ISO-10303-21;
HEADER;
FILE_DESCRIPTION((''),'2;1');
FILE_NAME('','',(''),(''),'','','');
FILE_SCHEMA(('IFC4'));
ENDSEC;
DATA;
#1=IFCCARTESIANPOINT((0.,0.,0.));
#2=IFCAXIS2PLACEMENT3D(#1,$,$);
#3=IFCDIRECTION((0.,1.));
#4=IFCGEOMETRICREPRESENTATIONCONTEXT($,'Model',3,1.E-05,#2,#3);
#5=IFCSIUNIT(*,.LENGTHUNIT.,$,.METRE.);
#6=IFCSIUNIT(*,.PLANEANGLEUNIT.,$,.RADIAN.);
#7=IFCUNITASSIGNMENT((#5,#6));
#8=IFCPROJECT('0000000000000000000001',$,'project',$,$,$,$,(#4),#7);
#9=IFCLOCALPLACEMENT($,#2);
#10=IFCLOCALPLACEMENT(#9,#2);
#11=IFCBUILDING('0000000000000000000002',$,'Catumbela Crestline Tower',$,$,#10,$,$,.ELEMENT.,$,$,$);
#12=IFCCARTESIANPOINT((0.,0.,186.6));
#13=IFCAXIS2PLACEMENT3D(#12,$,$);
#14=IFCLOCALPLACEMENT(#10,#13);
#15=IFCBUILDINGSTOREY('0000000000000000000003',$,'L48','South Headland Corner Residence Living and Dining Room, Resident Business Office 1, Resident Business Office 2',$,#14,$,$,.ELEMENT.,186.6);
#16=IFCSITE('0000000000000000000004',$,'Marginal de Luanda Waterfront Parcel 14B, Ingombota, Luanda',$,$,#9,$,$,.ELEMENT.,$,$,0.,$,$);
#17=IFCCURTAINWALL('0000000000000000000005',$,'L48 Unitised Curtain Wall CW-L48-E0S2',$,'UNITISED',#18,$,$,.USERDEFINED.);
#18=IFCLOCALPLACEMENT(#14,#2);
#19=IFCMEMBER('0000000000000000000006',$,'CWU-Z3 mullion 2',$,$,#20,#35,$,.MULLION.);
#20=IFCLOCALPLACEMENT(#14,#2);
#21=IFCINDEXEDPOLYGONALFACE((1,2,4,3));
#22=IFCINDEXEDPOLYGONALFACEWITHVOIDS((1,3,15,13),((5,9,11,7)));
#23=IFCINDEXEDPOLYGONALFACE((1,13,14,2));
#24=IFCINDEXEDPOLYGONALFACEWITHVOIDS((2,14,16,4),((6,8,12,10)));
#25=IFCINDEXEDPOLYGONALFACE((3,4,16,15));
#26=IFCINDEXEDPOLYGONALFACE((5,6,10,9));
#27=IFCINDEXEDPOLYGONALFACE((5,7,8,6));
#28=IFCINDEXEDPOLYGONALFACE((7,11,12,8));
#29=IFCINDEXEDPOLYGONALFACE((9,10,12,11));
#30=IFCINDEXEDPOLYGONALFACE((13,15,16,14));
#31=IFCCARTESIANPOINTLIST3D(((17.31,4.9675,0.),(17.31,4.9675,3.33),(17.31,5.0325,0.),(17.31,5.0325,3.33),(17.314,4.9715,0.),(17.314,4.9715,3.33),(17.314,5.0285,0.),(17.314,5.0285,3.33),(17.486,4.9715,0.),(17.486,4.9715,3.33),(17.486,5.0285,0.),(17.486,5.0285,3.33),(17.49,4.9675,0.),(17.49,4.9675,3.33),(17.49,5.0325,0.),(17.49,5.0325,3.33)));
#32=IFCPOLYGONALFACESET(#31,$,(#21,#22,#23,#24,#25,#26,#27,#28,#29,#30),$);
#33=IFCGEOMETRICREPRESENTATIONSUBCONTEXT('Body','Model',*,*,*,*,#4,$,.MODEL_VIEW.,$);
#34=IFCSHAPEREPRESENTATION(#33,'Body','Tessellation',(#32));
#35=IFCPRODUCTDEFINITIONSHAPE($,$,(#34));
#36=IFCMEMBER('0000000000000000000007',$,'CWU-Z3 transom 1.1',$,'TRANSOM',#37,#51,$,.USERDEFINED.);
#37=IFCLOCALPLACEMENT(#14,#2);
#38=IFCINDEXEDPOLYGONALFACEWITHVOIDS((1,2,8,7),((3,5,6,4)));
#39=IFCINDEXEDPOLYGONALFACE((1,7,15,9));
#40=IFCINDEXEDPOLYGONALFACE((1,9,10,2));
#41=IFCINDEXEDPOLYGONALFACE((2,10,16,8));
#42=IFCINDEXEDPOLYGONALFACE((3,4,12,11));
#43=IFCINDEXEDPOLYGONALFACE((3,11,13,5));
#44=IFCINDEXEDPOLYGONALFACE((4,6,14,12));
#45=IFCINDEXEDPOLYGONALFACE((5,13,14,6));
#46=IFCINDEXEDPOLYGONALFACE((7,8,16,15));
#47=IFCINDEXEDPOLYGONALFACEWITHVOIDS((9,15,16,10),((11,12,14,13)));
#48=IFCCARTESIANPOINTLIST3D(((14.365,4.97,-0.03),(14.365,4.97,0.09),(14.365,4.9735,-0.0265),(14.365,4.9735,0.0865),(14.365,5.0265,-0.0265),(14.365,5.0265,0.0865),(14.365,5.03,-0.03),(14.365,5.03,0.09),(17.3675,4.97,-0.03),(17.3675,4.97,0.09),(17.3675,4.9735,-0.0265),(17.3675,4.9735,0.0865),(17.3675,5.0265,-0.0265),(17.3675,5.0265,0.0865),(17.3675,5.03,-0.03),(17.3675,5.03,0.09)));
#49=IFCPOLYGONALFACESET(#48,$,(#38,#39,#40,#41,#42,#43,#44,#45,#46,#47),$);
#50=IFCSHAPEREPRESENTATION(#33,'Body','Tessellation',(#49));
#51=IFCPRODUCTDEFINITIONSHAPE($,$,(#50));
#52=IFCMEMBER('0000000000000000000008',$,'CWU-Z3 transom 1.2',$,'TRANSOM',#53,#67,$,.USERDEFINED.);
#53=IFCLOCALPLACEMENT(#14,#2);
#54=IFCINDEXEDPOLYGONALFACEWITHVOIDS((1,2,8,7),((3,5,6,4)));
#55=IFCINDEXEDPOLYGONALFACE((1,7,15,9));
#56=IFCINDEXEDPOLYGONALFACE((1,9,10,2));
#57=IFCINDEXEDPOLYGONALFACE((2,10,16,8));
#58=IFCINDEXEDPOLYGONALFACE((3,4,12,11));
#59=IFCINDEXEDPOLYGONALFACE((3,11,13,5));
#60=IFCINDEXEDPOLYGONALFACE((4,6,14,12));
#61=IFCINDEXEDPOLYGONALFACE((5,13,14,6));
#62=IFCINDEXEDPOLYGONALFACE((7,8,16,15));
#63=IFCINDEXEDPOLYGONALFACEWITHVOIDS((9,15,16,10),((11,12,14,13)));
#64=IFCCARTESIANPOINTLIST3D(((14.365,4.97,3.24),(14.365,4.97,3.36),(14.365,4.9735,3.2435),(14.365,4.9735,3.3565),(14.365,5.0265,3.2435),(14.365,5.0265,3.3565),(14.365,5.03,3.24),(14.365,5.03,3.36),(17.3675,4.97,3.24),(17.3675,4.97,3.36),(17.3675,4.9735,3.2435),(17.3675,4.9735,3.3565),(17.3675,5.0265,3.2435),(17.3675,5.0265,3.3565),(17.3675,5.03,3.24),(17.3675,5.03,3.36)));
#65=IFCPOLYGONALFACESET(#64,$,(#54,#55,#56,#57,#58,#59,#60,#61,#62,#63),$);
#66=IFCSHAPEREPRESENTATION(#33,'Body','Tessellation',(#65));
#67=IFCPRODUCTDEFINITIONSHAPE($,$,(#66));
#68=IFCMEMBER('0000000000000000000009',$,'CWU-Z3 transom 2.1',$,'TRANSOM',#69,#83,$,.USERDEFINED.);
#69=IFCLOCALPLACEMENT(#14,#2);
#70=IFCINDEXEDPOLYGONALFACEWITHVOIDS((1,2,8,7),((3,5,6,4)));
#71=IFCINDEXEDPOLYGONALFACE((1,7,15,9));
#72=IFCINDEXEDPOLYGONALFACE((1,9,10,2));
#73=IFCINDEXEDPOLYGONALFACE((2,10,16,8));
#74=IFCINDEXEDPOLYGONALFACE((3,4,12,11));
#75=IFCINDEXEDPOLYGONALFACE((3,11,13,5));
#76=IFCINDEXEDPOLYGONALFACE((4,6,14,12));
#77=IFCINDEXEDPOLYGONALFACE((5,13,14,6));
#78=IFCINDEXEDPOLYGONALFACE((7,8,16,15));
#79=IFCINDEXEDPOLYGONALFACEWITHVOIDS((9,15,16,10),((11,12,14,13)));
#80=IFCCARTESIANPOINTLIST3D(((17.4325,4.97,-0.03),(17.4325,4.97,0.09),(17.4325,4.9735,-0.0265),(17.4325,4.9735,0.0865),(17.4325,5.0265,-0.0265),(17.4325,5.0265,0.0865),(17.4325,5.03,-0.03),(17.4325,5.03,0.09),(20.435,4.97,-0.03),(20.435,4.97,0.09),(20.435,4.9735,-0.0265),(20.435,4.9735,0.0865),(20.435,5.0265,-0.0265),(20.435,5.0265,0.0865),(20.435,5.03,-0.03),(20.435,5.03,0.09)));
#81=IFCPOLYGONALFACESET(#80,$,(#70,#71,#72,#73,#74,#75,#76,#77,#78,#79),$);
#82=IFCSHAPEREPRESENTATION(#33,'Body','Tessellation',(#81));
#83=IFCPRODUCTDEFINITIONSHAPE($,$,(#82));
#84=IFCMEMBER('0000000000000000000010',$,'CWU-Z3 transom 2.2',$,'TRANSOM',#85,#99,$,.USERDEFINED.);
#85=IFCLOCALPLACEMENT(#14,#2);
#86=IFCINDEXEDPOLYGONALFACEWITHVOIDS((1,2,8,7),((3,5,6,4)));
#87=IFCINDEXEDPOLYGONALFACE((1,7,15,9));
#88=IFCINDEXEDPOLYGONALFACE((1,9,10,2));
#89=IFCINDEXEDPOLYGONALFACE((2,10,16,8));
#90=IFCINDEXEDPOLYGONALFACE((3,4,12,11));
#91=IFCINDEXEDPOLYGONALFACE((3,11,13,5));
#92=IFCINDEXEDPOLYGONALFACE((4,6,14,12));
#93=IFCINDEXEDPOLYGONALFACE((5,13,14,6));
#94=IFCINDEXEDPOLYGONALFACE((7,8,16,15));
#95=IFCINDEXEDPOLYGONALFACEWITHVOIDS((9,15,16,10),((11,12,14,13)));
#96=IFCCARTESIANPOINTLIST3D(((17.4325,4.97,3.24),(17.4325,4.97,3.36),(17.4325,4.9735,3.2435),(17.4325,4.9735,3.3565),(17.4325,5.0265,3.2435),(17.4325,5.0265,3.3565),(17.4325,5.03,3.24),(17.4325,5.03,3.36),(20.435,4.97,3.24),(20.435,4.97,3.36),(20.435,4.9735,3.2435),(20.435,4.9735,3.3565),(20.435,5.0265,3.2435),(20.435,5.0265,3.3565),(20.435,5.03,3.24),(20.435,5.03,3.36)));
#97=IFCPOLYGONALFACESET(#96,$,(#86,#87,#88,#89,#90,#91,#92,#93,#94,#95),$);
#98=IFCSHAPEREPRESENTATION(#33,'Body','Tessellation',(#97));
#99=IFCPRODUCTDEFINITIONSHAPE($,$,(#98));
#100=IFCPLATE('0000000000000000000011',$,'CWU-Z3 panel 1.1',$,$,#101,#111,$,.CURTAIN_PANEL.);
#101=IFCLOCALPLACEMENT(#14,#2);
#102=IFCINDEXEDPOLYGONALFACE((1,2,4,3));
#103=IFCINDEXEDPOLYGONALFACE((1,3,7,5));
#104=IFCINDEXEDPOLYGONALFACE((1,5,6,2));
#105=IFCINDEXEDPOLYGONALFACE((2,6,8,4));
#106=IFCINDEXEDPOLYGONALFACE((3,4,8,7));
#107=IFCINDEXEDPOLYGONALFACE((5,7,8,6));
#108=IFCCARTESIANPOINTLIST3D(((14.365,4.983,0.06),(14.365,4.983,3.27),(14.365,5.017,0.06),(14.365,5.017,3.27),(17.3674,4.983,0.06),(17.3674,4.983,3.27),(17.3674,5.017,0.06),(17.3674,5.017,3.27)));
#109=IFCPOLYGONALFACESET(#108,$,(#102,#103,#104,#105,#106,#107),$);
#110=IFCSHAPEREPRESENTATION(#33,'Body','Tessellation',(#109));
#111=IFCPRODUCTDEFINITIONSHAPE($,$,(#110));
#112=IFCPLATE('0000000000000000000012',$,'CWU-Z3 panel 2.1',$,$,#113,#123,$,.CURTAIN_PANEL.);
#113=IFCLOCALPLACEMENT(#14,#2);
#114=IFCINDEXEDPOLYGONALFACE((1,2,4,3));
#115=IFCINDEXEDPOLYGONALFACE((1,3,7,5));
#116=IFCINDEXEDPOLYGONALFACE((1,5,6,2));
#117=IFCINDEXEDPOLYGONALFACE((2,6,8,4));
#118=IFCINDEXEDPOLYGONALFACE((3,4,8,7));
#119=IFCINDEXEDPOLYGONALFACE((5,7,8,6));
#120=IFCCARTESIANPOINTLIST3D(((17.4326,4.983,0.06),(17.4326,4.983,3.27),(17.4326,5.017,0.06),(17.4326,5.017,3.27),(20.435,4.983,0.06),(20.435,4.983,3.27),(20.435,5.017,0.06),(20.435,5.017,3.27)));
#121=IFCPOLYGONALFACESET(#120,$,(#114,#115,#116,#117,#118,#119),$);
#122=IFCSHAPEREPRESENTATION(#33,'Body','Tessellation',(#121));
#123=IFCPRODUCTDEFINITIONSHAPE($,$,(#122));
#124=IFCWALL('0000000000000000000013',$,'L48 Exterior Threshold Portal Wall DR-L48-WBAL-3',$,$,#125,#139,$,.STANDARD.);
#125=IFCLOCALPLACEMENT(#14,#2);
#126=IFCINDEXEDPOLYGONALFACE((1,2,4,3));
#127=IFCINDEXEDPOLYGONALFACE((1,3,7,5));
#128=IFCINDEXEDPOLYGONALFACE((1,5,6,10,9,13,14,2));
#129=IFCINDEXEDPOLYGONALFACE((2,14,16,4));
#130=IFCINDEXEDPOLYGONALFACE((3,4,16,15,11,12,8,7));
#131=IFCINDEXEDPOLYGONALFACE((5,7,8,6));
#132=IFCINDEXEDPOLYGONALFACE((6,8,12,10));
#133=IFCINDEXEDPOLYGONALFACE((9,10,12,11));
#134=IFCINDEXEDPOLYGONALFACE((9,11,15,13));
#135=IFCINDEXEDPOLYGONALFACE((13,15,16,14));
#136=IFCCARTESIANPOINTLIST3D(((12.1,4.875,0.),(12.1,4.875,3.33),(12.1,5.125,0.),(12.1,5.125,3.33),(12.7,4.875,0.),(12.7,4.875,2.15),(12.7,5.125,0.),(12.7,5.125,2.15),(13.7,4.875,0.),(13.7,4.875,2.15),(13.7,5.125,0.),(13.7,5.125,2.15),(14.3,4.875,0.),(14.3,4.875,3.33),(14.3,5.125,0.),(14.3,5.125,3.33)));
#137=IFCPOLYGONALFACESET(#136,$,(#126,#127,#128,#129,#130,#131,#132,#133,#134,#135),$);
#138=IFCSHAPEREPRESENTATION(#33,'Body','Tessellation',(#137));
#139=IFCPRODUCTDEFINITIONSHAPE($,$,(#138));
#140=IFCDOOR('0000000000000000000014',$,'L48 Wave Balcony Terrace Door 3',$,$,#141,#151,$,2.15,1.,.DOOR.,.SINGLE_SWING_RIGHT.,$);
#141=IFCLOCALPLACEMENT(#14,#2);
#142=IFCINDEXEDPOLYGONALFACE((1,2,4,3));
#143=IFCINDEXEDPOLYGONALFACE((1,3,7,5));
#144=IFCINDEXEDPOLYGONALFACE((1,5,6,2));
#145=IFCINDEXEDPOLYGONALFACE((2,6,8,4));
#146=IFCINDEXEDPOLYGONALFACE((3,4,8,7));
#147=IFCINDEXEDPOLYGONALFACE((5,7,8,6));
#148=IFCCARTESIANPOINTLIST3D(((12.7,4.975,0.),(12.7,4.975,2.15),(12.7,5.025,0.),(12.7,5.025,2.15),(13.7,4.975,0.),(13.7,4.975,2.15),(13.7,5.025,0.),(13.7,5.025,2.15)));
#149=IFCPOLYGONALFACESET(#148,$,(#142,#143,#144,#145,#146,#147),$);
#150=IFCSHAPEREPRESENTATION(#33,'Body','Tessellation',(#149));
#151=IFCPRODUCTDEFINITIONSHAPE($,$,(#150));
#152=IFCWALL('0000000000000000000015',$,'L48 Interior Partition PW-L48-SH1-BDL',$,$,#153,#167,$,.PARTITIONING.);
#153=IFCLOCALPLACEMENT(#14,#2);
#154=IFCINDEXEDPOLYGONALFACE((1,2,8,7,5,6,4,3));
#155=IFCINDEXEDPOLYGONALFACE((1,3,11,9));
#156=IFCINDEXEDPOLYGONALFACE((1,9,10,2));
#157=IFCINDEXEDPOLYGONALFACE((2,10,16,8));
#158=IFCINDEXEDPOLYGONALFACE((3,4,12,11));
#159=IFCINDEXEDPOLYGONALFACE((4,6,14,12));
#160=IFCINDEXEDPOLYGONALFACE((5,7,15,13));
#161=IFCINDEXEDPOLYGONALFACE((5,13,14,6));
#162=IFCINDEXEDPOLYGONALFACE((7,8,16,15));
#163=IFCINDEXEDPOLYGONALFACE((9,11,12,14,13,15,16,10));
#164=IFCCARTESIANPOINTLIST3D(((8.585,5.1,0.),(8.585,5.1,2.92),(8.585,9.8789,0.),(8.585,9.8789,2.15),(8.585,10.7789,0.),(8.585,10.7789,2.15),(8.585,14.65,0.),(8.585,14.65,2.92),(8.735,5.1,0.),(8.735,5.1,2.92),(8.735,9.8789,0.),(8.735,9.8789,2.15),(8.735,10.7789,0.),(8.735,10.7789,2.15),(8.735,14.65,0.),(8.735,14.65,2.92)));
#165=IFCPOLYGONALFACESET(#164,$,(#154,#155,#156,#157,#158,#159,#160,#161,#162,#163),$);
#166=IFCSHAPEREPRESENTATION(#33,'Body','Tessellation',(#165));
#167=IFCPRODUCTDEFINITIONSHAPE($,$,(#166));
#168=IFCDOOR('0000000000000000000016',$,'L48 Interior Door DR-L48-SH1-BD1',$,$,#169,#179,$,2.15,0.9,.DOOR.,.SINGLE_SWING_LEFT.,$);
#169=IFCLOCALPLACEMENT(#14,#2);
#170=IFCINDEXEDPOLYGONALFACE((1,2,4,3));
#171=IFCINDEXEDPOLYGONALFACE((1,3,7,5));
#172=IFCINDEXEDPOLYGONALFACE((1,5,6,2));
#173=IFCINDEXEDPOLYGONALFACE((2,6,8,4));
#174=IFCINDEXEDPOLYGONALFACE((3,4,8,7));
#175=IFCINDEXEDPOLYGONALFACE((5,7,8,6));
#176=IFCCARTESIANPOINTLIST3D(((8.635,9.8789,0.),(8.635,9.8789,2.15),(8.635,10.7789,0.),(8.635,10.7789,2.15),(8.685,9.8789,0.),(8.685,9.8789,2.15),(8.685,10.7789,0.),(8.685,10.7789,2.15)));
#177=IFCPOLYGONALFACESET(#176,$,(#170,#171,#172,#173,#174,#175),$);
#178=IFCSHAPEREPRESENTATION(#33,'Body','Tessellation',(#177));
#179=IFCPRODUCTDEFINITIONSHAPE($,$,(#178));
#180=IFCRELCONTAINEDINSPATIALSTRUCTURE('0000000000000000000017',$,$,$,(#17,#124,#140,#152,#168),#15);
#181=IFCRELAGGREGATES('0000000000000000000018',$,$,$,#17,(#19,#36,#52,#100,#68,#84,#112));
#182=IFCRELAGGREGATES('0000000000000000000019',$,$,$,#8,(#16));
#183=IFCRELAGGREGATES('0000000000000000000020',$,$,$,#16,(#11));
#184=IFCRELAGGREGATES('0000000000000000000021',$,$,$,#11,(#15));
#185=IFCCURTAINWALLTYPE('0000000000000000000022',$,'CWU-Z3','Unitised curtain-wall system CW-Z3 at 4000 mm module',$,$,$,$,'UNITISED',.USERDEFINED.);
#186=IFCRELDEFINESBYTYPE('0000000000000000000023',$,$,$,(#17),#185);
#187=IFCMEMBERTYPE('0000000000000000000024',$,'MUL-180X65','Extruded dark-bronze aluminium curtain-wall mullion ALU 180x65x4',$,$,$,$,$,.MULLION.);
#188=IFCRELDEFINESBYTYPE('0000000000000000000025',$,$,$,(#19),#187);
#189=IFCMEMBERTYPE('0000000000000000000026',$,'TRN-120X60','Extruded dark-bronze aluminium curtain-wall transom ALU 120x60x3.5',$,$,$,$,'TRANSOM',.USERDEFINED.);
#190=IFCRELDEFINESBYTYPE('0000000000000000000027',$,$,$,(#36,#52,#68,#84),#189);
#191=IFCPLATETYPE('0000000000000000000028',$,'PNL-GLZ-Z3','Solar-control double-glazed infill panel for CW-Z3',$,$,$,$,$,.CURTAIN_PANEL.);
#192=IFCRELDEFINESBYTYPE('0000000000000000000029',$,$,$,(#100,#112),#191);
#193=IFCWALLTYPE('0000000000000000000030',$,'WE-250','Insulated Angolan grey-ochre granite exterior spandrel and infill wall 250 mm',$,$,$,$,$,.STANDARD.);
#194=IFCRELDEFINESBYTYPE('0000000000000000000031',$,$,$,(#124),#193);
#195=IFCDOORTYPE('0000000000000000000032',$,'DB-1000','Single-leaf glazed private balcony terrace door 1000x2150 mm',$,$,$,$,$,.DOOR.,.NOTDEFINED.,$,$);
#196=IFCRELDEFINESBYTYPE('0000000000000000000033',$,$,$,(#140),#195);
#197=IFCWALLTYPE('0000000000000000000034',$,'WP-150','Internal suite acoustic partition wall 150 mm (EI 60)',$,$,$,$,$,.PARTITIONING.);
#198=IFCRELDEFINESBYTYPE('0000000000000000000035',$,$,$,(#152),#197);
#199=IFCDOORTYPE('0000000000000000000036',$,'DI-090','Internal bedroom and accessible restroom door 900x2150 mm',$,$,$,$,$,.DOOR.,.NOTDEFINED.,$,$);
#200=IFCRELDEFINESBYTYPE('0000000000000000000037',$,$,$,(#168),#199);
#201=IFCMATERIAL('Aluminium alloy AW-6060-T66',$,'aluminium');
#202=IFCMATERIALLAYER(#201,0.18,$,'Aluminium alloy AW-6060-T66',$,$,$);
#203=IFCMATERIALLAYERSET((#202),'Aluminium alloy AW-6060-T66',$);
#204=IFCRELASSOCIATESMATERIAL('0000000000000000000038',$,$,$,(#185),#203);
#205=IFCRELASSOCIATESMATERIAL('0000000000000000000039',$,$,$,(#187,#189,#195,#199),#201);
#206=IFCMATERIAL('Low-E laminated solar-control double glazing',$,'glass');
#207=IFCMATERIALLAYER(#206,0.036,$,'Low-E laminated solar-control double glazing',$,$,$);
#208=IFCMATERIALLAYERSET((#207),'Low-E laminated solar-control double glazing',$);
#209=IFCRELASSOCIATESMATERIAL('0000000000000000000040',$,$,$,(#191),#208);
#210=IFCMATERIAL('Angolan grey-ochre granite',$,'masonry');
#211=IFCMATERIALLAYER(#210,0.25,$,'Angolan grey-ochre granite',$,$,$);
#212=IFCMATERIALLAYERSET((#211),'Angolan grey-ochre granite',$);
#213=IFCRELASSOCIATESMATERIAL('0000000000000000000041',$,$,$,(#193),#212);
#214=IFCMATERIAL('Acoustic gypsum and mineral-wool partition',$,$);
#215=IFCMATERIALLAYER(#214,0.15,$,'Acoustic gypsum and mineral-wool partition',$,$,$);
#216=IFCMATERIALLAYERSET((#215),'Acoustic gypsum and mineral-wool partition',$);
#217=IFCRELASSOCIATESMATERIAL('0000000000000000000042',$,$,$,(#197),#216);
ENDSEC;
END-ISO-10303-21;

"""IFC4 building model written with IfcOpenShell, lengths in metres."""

from ifc_helpers import new_model, si_unit, direction, frame, frame_2d, origin, origin_2d, place, context, subcontext, project, spatial, rectangle, hollow_rectangle, extrude, material, layer, layer_set, material_profile, profile_set, type_object, element, fill, aggregate, save


model = new_model("IFC4")

# Units and contexts
model_context = context("Model", 3, precision=1e-05, world=origin(), true_north=direction((0.0, 1.0)))
body_context = subcontext(model_context, "Body", "Model", "MODEL_VIEW")
ifc_project = project(units=[si_unit("LENGTHUNIT", "METRE"), si_unit("PLANEANGLEUNIT", "RADIAN")], contexts=[model_context])

# Site, building, storey
site_placement = place(None, origin())
site = spatial("IfcSite", under=ifc_project, at=site_placement, Name="Marginal de Luanda Waterfront Parcel 14B, Ingombota, Luanda", CompositionType="ELEMENT", RefElevation=0.0)
building_placement = place(site_placement, origin())
building = spatial("IfcBuilding", under=site, at=building_placement, Name="Catumbela Crestline Tower", CompositionType="ELEMENT")
storey_placement = place(building_placement, frame((0.0, 0.0, 186.6)))
storey = spatial("IfcBuildingStorey", under=building, at=storey_placement, Name="L48", Description="South Headland Corner Residence Living and Dining Room, Resident Business Office 1, Resident Business Office 2", CompositionType="ELEMENT", Elevation=186.6)

# Curtain wall, members, plates
ifc_material_1 = material(Name="Aluminium alloy AW-6060-T66", Category="aluminium")
ifc_layer_1 = layer(ifc_material_1, 0.18, Name="Aluminium alloy AW-6060-T66")
ifc_layer_set_1 = layer_set([ifc_layer_1], Name="Aluminium alloy AW-6060-T66")
curtain_wall_type = type_object("IfcCurtainWallType", Name="CWU-Z3", Description="Unitised curtain-wall system CW-Z3 at 4000 mm module", ElementType="UNITISED", PredefinedType="USERDEFINED", material=ifc_layer_set_1)
curtain_wall_placement = place(storey_placement, origin())
curtain_wall = element("IfcCurtainWall", 1, at=curtain_wall_placement, inside=storey, type_object=curtain_wall_type, Name="L48 Unitised Curtain Wall CW-L48-E0S2", ObjectType="UNITISED", PredefinedType="USERDEFINED")
ifc_material_profile_1 = material_profile(ifc_material_1, hollow_rectangle(XDim=0.065, YDim=0.18, WallThickness=0.004, at=origin_2d()), Name="ALU 180x65x4")
ifc_profile_set_1 = profile_set([ifc_material_profile_1], Name="Aluminium alloy AW-6060-T66")
member_type_1 = type_object("IfcMemberType", Name="MUL-180X65", Description="Extruded dark-bronze aluminium curtain-wall mullion ALU 180x65x4", PredefinedType="MULLION", material=ifc_profile_set_1)
member_1_placement = place(storey_placement, frame((17.4, 5.0, 0.0), z_axis=(0.0, 0.0, 1.0), x_axis=(0.0, 1.0, 0.0)))
member_1 = element("IfcMember", 2, at=member_1_placement, type_object=member_type_1, Name="CWU-Z3 mullion 2", PredefinedType="MULLION", context=body_context, shape_type="SweptSolid", body=[
    extrude(hollow_rectangle(XDim=0.065, YDim=0.18, WallThickness=0.004, at=origin_2d()), origin(), (0.0, 0.0, 1.0), 3.33),
])
ifc_material_profile_2 = material_profile(ifc_material_1, hollow_rectangle(XDim=0.06, YDim=0.12, WallThickness=0.0035, at=origin_2d()), Name="ALU 120x60x3.5")
ifc_profile_set_2 = profile_set([ifc_material_profile_2], Name="Aluminium alloy AW-6060-T66")
member_type_2 = type_object("IfcMemberType", Name="TRN-120X60", Description="Extruded dark-bronze aluminium curtain-wall transom ALU 120x60x3.5", ElementType="TRANSOM", PredefinedType="USERDEFINED", material=ifc_profile_set_2)
member_2_placement = place(storey_placement, frame((14.365, 5.0, 0.03), z_axis=(1.0, 0.0, 0.0), x_axis=(0.0, 1.0, 0.0)))
member_2 = element("IfcMember", 3, at=member_2_placement, type_object=member_type_2, Name="CWU-Z3 transom 1.1", ObjectType="TRANSOM", PredefinedType="USERDEFINED", context=body_context, shape_type="SweptSolid", body=[
    extrude(hollow_rectangle(XDim=0.06, YDim=0.12, WallThickness=0.0035, at=origin_2d()), origin(), (0.0, 0.0, 1.0), 3.0025),
])
member_3_placement = place(storey_placement, frame((14.365, 5.0, 3.3), z_axis=(1.0, 0.0, 0.0), x_axis=(0.0, 1.0, 0.0)))
member_3 = element("IfcMember", 4, at=member_3_placement, type_object=member_type_2, Name="CWU-Z3 transom 1.2", ObjectType="TRANSOM", PredefinedType="USERDEFINED", context=body_context, shape_type="SweptSolid", body=[
    extrude(hollow_rectangle(XDim=0.06, YDim=0.12, WallThickness=0.0035, at=origin_2d()), origin(), (0.0, 0.0, 1.0), 3.0025),
])
member_4_placement = place(storey_placement, frame((17.4325, 5.0, 0.03), z_axis=(1.0, 0.0, 0.0), x_axis=(0.0, 1.0, 0.0)))
member_4 = element("IfcMember", 5, at=member_4_placement, type_object=member_type_2, Name="CWU-Z3 transom 2.1", ObjectType="TRANSOM", PredefinedType="USERDEFINED", context=body_context, shape_type="SweptSolid", body=[
    extrude(hollow_rectangle(XDim=0.06, YDim=0.12, WallThickness=0.0035, at=origin_2d()), origin(), (0.0, 0.0, 1.0), 3.0025),
])
member_5_placement = place(storey_placement, frame((17.4325, 5.0, 3.3), z_axis=(1.0, 0.0, 0.0), x_axis=(0.0, 1.0, 0.0)))
member_5 = element("IfcMember", 6, at=member_5_placement, type_object=member_type_2, Name="CWU-Z3 transom 2.2", ObjectType="TRANSOM", PredefinedType="USERDEFINED", context=body_context, shape_type="SweptSolid", body=[
    extrude(hollow_rectangle(XDim=0.06, YDim=0.12, WallThickness=0.0035, at=origin_2d()), origin(), (0.0, 0.0, 1.0), 3.0025),
])
ifc_material_2 = material(Name="Low-E laminated solar-control double glazing", Category="glass")
ifc_layer_2 = layer(ifc_material_2, 0.036, Name="Low-E laminated solar-control double glazing")
ifc_layer_set_2 = layer_set([ifc_layer_2], Name="Low-E laminated solar-control double glazing")
plate_type = type_object("IfcPlateType", Name="PNL-GLZ-Z3", Description="Solar-control double-glazed infill panel for CW-Z3", PredefinedType="CURTAIN_PANEL", material=ifc_layer_set_2)
plate_1_placement = place(storey_placement, frame((15.8662, 5.0, 0.06), z_axis=(0.0, 0.0, 1.0), x_axis=(1.0, 0.0, 0.0)))
plate_1 = element("IfcPlate", 7, at=plate_1_placement, type_object=plate_type, Name="CWU-Z3 panel 1.1", PredefinedType="CURTAIN_PANEL", context=body_context, shape_type="SweptSolid", body=[
    extrude(rectangle(XDim=3.0025, YDim=0.034, at=origin_2d()), origin(), (0.0, 0.0, 1.0), 3.21),
])
plate_2_placement = place(storey_placement, frame((18.9338, 5.0, 0.06), z_axis=(0.0, 0.0, 1.0), x_axis=(1.0, 0.0, 0.0)))
plate_2 = element("IfcPlate", 8, at=plate_2_placement, type_object=plate_type, Name="CWU-Z3 panel 2.1", PredefinedType="CURTAIN_PANEL", context=body_context, shape_type="SweptSolid", body=[
    extrude(rectangle(XDim=3.0025, YDim=0.034, at=origin_2d()), origin(), (0.0, 0.0, 1.0), 3.21),
])
aggregate(curtain_wall, [member_1, member_2, member_3, plate_1, member_4, member_5, plate_2])

# Walls, openings, doors
ifc_material_3 = material(Name="Angolan grey-ochre granite", Category="masonry")
ifc_layer_3 = layer(ifc_material_3, 0.25, Name="Angolan grey-ochre granite")
ifc_layer_set_3 = layer_set([ifc_layer_3], Name="Angolan grey-ochre granite")
wall_type_1 = type_object("IfcWallType", Name="WE-250", Description="Insulated Angolan grey-ochre granite exterior spandrel and infill wall 250 mm", PredefinedType="STANDARD", material=ifc_layer_set_3)
wall_1_placement = place(storey_placement, frame((12.1, 5.0, 0.0), z_axis=(0.0, 0.0, 1.0), x_axis=(1.0, 0.0, 0.0)))
wall_1 = element("IfcWall", 9, at=wall_1_placement, inside=storey, type_object=wall_type_1, Name="L48 Exterior Threshold Portal Wall DR-L48-WBAL-3", PredefinedType="STANDARD", context=body_context, shape_type="SweptSolid", body=[
    extrude(rectangle(XDim=2.2, YDim=0.25, at=frame_2d((1.1, 0.0))), origin(), (0.0, 0.0, 1.0), 3.33),
])
opening_1_placement = place(wall_1_placement, frame((0.6, 0.0, 0.0)))
opening_1 = element("IfcOpeningElement", 10, at=opening_1_placement, cuts=wall_1, PredefinedType="OPENING", context=body_context, shape_type="SweptSolid", body=[
    extrude(rectangle(XDim=1.0, YDim=2.15, at=frame_2d((0.5, 1.075))), frame((0.0, 0.135, 0.0), z_axis=(0.0, -1.0, 0.0), x_axis=(1.0, 0.0, 0.0)), (0.0, 0.0, 1.0), 0.27),
])
door_type_1 = type_object("IfcDoorType", Name="DB-1000", Description="Single-leaf glazed private balcony terrace door 1000x2150 mm", OperationType="NOTDEFINED", PredefinedType="DOOR", material=ifc_material_1)
door_1_placement = place(opening_1_placement, origin())
door_1 = element("IfcDoor", 11, at=door_1_placement, inside=storey, type_object=door_type_1, Name="L48 Wave Balcony Terrace Door 3", OperationType="SINGLE_SWING_RIGHT", OverallHeight=2.15, OverallWidth=1.0, PredefinedType="DOOR", context=body_context, shape_type="SweptSolid", body=[
    extrude(rectangle(XDim=1.0, YDim=2.15, at=frame_2d((0.5, 1.075))), frame((0.0, 0.025, 0.0), z_axis=(0.0, -1.0, 0.0), x_axis=(1.0, 0.0, 0.0)), (0.0, 0.0, 1.0), 0.05),
])
fill(opening_1, door_1)
ifc_material_4 = material(Name="Acoustic gypsum and mineral-wool partition")
ifc_layer_4 = layer(ifc_material_4, 0.15, Name="Acoustic gypsum and mineral-wool partition")
ifc_layer_set_4 = layer_set([ifc_layer_4], Name="Acoustic gypsum and mineral-wool partition")
wall_type_2 = type_object("IfcWallType", Name="WP-150", Description="Internal suite acoustic partition wall 150 mm (EI 60)", PredefinedType="PARTITIONING", material=ifc_layer_set_4)
wall_2_placement = place(storey_placement, frame((8.66, 5.1, 0.0), z_axis=(0.0, 0.0, 1.0), x_axis=(0.0, 1.0, 0.0)))
wall_2 = element("IfcWall", 12, at=wall_2_placement, inside=storey, type_object=wall_type_2, Name="L48 Interior Partition PW-L48-SH1-BDL", PredefinedType="PARTITIONING", context=body_context, shape_type="SweptSolid", body=[
    extrude(rectangle(XDim=9.55, YDim=0.15, at=frame_2d((4.775, 0.0))), origin(), (0.0, 0.0, 1.0), 2.92),
])
opening_2_placement = place(wall_2_placement, frame((4.7789, 0.0, 0.0)))
opening_2 = element("IfcOpeningElement", 13, at=opening_2_placement, cuts=wall_2, PredefinedType="OPENING", context=body_context, shape_type="SweptSolid", body=[
    extrude(rectangle(XDim=0.9, YDim=2.15, at=frame_2d((0.45, 1.075))), frame((0.0, 0.085, 0.0), z_axis=(0.0, -1.0, 0.0), x_axis=(1.0, 0.0, 0.0)), (0.0, 0.0, 1.0), 0.17),
])
door_type_2 = type_object("IfcDoorType", Name="DI-090", Description="Internal bedroom and accessible restroom door 900x2150 mm", OperationType="NOTDEFINED", PredefinedType="DOOR", material=ifc_material_1)
door_2_placement = place(opening_2_placement, origin())
door_2 = element("IfcDoor", 14, at=door_2_placement, inside=storey, type_object=door_type_2, Name="L48 Interior Door DR-L48-SH1-BD1", OperationType="SINGLE_SWING_LEFT", OverallHeight=2.15, OverallWidth=0.9, PredefinedType="DOOR", context=body_context, shape_type="SweptSolid", body=[
    extrude(rectangle(XDim=0.9, YDim=2.15, at=frame_2d((0.45, 1.075))), frame((0.0, 0.025, 0.0), z_axis=(0.0, -1.0, 0.0), x_axis=(1.0, 0.0, 0.0)), (0.0, 0.0, 1.0), 0.05),
])
fill(opening_2, door_2)

save(model, "model.ifc")
